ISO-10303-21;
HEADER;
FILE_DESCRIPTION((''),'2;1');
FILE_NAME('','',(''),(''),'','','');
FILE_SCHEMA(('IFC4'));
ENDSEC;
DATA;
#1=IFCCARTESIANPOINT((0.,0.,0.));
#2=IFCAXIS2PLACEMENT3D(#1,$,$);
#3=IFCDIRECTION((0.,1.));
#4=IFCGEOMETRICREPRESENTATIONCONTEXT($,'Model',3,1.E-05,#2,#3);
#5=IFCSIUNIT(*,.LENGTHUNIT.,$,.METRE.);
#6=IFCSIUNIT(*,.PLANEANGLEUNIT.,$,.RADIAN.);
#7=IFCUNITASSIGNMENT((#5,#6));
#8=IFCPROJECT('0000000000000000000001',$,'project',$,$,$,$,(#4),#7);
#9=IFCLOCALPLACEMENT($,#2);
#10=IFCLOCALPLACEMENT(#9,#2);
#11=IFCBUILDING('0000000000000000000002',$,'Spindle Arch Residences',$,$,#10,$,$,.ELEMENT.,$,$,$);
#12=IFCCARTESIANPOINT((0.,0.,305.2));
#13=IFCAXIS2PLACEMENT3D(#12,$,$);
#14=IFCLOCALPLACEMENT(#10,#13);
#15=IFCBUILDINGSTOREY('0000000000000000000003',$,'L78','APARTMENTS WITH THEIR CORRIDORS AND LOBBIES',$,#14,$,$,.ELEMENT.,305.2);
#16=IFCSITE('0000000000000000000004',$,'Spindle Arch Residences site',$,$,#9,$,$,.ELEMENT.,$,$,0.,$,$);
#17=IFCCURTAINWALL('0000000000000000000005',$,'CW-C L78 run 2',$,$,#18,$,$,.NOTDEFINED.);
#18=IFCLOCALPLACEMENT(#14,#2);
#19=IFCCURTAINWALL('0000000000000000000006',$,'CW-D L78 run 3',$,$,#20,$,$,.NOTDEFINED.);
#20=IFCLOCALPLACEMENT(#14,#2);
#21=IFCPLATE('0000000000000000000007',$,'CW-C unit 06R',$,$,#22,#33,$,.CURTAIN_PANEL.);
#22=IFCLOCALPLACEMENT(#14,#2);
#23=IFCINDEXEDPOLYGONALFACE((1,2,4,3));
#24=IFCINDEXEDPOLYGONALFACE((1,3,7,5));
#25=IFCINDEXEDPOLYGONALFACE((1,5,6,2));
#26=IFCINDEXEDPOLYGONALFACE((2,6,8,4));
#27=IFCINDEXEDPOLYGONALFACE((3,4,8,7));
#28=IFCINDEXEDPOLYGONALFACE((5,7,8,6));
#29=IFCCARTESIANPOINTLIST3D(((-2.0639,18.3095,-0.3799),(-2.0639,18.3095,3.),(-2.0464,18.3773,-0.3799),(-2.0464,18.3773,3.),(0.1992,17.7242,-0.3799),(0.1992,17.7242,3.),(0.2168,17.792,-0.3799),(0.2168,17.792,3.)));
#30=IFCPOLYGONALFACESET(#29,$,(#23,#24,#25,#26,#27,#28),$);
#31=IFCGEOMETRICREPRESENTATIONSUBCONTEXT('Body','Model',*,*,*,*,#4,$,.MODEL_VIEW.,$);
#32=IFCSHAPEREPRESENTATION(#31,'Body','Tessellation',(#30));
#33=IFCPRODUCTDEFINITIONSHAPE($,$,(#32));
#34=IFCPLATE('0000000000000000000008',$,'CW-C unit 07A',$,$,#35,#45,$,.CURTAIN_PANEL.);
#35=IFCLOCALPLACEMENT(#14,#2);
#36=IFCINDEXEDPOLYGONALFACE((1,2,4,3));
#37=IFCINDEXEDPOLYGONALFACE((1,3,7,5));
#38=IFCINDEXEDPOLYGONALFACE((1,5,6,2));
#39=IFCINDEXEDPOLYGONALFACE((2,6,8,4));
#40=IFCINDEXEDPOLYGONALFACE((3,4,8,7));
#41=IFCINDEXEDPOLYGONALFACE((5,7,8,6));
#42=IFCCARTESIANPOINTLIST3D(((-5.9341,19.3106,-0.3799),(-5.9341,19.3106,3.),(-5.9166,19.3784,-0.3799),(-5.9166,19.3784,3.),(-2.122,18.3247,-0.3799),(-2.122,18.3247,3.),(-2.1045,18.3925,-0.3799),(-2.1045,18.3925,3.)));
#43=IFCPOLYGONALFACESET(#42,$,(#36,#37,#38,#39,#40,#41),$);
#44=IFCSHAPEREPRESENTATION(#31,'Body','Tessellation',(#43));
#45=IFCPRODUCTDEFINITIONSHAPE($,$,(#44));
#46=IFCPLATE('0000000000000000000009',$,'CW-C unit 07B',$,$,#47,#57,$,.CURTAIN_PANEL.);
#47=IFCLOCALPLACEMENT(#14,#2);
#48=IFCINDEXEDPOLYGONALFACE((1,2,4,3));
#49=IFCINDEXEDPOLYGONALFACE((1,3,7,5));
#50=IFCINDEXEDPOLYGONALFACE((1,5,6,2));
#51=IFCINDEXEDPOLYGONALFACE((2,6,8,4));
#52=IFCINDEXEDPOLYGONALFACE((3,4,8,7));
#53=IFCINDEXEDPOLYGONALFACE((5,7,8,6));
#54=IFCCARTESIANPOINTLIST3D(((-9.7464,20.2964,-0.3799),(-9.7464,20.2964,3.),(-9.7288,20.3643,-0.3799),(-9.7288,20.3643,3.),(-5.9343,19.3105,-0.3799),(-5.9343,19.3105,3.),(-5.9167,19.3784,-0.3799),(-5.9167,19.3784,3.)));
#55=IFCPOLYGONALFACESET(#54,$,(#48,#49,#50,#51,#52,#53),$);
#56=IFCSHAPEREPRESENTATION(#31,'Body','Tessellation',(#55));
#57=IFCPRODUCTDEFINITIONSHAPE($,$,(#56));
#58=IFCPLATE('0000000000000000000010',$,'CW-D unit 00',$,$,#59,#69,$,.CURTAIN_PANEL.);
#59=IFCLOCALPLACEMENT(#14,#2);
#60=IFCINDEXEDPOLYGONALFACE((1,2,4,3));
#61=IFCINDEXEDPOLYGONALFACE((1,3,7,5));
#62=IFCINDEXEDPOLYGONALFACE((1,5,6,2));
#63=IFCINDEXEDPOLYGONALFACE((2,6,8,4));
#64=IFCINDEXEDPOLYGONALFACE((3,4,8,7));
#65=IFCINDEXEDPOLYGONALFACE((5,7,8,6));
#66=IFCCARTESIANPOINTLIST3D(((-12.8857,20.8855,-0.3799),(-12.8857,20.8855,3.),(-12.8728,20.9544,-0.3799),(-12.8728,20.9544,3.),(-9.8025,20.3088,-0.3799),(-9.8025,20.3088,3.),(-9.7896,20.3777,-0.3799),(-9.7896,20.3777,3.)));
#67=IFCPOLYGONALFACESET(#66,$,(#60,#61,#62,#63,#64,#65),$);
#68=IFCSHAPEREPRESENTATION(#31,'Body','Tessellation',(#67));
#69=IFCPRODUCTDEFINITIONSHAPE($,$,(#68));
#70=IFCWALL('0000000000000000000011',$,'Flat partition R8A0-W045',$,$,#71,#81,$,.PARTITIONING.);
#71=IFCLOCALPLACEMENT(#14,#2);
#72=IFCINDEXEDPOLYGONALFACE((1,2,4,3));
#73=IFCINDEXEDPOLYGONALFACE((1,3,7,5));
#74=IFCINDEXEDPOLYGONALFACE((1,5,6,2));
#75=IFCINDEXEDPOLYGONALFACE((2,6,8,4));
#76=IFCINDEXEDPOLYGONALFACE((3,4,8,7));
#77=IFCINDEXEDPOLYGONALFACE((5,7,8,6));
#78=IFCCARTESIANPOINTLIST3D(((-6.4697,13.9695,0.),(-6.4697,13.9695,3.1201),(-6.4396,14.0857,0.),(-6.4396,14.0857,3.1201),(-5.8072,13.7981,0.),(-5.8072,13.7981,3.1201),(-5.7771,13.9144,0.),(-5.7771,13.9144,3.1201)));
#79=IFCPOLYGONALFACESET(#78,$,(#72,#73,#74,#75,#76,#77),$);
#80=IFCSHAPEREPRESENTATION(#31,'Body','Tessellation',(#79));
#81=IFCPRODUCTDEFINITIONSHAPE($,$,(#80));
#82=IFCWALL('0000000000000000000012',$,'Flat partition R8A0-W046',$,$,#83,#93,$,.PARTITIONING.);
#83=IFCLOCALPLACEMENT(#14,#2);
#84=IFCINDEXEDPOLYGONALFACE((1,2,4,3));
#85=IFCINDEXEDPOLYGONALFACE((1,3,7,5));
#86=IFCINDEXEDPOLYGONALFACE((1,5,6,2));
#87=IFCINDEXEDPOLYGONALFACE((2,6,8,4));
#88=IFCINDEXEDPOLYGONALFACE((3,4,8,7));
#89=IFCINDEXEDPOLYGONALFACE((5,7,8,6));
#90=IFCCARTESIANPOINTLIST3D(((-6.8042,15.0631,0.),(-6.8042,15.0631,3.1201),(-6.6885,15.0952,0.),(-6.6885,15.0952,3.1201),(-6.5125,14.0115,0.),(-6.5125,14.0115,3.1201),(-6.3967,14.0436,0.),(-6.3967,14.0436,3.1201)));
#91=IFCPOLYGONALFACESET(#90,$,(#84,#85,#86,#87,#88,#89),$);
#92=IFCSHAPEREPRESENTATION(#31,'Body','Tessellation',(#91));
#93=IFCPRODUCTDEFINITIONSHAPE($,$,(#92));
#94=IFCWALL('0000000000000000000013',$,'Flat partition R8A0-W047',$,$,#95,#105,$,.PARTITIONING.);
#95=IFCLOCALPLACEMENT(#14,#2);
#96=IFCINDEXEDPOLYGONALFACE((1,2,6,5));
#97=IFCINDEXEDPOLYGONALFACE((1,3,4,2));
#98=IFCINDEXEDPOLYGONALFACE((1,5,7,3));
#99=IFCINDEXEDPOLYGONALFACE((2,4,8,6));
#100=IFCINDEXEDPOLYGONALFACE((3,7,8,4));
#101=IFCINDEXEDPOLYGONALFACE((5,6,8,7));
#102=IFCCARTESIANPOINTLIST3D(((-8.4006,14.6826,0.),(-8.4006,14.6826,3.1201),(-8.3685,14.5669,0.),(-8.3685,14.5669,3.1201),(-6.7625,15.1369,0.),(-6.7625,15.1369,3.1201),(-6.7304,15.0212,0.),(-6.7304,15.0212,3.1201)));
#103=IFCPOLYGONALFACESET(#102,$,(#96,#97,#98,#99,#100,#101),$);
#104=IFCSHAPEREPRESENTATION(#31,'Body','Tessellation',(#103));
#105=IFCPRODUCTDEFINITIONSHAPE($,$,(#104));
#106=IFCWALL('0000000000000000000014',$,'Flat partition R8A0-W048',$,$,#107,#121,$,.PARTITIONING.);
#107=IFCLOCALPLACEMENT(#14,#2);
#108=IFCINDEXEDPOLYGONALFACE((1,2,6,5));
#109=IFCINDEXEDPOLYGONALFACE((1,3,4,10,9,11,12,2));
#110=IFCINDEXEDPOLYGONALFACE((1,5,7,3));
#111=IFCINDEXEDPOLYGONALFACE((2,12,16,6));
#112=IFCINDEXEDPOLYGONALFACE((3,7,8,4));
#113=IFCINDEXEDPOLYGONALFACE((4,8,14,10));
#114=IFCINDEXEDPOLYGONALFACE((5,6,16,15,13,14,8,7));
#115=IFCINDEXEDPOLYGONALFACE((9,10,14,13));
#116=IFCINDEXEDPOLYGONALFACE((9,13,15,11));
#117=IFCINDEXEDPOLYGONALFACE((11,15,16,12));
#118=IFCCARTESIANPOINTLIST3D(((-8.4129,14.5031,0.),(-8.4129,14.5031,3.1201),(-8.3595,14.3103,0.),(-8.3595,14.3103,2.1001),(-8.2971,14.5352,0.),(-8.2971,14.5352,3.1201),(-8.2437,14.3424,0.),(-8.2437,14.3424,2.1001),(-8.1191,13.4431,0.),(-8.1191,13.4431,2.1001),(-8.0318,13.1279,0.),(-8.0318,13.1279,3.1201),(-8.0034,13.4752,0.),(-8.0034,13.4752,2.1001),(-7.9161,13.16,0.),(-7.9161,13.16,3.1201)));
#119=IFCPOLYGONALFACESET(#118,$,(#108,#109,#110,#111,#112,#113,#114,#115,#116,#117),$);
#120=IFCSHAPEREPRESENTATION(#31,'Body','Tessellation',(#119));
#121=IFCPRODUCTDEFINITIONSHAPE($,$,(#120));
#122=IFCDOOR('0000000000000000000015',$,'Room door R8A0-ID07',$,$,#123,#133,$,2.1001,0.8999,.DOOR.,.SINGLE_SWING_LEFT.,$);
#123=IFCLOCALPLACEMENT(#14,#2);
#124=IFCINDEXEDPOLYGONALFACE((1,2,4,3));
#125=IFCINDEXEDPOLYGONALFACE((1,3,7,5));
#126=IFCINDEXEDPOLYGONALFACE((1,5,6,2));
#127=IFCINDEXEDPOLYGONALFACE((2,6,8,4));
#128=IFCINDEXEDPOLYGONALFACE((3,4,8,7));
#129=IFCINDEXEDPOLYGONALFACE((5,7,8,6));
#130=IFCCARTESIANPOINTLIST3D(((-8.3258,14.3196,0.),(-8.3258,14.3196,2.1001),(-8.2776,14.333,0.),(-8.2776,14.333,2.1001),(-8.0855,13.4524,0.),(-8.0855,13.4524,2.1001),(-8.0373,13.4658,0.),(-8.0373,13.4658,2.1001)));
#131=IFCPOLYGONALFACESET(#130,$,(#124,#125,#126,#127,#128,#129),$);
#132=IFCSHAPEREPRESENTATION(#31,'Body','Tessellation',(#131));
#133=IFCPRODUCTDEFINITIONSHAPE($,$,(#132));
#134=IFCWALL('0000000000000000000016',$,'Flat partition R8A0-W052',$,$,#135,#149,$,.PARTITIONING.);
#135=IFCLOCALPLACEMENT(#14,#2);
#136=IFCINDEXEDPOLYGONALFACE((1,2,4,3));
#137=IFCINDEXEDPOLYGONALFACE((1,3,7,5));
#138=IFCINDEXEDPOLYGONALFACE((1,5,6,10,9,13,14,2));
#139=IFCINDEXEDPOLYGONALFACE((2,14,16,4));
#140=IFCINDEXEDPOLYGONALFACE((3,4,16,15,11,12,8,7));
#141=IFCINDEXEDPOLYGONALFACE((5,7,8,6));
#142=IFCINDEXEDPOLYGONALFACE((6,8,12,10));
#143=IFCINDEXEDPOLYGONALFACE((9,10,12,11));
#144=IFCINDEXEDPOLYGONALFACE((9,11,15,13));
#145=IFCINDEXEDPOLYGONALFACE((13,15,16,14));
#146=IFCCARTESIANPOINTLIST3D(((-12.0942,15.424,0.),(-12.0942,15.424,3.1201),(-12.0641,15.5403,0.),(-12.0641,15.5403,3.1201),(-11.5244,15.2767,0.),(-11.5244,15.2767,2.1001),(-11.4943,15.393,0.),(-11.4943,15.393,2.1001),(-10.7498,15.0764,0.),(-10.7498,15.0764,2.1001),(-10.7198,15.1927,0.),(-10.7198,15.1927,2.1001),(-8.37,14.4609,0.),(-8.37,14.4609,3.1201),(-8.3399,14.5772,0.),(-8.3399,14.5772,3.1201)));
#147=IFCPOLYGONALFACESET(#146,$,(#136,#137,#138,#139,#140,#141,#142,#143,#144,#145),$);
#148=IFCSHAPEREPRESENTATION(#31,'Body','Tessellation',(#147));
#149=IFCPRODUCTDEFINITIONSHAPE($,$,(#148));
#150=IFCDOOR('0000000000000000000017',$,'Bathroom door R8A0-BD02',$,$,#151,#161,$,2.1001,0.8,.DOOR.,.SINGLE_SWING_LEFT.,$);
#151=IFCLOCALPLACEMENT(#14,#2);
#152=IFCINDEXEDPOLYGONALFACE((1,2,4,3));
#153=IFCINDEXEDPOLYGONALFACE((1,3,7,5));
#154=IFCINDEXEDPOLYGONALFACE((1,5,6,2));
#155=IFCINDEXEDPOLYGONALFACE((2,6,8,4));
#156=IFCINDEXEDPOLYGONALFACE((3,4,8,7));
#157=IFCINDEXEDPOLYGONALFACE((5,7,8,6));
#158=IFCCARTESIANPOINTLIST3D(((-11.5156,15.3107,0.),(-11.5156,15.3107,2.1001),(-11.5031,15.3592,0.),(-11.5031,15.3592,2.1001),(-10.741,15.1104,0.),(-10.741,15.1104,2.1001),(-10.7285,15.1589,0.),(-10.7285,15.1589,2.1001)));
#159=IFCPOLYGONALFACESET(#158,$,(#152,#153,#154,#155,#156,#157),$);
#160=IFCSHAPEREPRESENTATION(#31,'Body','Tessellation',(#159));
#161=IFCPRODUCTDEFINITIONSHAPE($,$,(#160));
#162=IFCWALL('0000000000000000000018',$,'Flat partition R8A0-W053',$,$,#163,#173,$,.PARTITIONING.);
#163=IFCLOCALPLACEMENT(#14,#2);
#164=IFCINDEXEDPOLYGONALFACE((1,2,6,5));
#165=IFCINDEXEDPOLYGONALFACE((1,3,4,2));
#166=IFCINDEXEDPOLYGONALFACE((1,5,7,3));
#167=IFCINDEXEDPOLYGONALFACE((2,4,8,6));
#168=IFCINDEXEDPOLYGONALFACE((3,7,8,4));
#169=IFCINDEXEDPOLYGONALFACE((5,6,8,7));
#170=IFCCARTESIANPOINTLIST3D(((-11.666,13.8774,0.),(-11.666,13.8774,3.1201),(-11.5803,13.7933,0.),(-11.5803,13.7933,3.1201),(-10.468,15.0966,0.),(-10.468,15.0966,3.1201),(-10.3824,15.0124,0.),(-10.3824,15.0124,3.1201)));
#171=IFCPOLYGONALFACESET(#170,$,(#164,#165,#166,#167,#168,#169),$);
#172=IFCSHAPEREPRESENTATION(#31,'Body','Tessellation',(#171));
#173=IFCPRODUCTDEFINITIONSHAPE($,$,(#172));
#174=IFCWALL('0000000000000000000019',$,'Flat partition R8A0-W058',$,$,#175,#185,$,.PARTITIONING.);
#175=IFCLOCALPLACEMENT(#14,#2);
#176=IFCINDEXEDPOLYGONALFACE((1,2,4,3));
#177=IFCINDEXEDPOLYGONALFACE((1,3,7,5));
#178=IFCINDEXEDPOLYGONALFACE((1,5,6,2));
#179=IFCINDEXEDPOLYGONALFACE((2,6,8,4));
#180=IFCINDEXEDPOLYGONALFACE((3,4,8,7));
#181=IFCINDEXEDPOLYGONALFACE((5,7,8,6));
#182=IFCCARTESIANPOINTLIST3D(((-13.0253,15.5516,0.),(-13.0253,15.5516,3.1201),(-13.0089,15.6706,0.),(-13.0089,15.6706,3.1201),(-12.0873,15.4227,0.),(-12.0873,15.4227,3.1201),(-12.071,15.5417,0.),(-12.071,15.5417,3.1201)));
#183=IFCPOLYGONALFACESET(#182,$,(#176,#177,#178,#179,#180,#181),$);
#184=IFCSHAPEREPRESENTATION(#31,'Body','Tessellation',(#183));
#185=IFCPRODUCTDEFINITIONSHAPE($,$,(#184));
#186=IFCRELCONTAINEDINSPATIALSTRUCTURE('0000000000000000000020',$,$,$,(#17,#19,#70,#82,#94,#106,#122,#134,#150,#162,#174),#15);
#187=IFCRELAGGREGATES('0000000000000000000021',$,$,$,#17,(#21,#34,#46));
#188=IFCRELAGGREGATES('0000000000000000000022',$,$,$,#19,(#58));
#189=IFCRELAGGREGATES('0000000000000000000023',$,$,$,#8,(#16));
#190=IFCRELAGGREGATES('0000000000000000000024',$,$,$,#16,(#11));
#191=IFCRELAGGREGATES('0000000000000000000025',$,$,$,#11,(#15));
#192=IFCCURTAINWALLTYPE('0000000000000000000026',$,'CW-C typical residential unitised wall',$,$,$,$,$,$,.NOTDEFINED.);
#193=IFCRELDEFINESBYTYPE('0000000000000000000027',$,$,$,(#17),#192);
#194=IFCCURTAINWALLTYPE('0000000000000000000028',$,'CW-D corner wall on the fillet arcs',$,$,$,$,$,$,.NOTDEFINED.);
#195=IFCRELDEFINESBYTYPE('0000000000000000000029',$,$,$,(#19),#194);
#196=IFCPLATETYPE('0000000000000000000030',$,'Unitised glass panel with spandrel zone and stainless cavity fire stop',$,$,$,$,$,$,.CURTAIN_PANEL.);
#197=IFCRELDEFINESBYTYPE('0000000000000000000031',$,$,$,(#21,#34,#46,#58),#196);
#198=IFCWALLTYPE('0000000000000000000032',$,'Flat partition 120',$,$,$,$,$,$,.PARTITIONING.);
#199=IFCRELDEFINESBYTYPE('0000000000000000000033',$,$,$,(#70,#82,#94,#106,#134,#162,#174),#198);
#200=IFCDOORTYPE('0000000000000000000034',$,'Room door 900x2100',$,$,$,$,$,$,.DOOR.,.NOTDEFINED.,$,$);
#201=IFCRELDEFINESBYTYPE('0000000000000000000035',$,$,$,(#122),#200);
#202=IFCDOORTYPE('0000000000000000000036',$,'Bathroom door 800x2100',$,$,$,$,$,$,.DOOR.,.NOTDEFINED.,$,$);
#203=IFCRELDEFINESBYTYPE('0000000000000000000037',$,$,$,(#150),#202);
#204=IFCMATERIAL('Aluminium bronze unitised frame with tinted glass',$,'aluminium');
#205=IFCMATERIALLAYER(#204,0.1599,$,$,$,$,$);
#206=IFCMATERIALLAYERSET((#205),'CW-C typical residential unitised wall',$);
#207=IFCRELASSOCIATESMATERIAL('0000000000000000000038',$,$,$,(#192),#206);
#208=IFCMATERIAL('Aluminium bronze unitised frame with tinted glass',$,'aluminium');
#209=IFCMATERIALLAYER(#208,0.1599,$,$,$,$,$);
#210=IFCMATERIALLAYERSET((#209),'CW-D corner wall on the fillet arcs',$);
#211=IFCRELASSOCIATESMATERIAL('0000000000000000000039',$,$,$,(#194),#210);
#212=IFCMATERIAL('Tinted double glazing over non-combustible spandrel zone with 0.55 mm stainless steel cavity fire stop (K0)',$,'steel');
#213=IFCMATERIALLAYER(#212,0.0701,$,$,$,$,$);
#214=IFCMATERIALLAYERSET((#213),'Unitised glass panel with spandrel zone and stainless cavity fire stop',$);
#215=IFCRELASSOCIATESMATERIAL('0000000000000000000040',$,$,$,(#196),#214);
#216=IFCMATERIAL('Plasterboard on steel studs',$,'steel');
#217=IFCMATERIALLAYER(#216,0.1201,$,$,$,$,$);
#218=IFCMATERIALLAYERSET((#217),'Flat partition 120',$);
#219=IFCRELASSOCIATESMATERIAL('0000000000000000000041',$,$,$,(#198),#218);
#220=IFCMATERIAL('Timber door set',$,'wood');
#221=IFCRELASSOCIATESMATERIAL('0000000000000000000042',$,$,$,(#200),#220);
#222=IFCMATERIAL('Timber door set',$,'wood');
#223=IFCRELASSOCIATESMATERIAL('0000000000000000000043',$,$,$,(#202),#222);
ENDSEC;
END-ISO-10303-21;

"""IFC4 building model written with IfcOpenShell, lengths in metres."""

from ifc_helpers import new_model, si_unit, direction, frame, frame_2d, origin, origin_2d, place, context, subcontext, project, spatial, rectangle, extrude, material, layer, layer_set, type_object, element, fill, aggregate, save


model = new_model("IFC4")

# Units and contexts
model_context = context("Model", 3, precision=1e-05, world=origin(), true_north=direction((0.0, 1.0)))
body_context = subcontext(model_context, "Body", "Model", "MODEL_VIEW")
ifc_project = project(units=[si_unit("LENGTHUNIT", "METRE"), si_unit("PLANEANGLEUNIT", "RADIAN")], contexts=[model_context])

# Site, building, storey
site_placement = place(None, origin())
site = spatial("IfcSite", under=ifc_project, at=site_placement, Name="Spindle Arch Residences site", CompositionType="ELEMENT", RefElevation=0.0)
building_placement = place(site_placement, origin())
building = spatial("IfcBuilding", under=site, at=building_placement, Name="Spindle Arch Residences", CompositionType="ELEMENT")
storey_placement = place(building_placement, frame((0.0, 0.0, 305.2)))
storey = spatial("IfcBuildingStorey", under=building, at=storey_placement, Name="L78", Description="APARTMENTS WITH THEIR CORRIDORS AND LOBBIES", CompositionType="ELEMENT", Elevation=305.2)

# Curtain wall
ifc_material_1 = material(Name="Aluminium bronze unitised frame with tinted glass", Category="aluminium")
ifc_layer_1 = layer(ifc_material_1, 0.1599)
ifc_layer_set_1 = layer_set([ifc_layer_1], Name="CW-C typical residential unitised wall")
curtain_wall_type_1 = type_object("IfcCurtainWallType", Name="CW-C typical residential unitised wall", PredefinedType="NOTDEFINED", material=ifc_layer_set_1)
curtain_wall_1_placement = place(storey_placement, origin())
curtain_wall_1 = element("IfcCurtainWall", 1, at=curtain_wall_1_placement, inside=storey, type_object=curtain_wall_type_1, Name="CW-C L78 run 2", PredefinedType="NOTDEFINED")

# Curtain wall
ifc_material_2 = material(Name="Aluminium bronze unitised frame with tinted glass", Category="aluminium")
ifc_layer_2 = layer(ifc_material_2, 0.1599)
ifc_layer_set_2 = layer_set([ifc_layer_2], Name="CW-D corner wall on the fillet arcs")
curtain_wall_type_2 = type_object("IfcCurtainWallType", Name="CW-D corner wall on the fillet arcs", PredefinedType="NOTDEFINED", material=ifc_layer_set_2)
curtain_wall_2_placement = place(storey_placement, origin())
curtain_wall_2 = element("IfcCurtainWall", 2, at=curtain_wall_2_placement, inside=storey, type_object=curtain_wall_type_2, Name="CW-D L78 run 3", PredefinedType="NOTDEFINED")

# Plates
ifc_material_3 = material(Name="Tinted double glazing over non-combustible spandrel zone with 0.55 mm stainless steel cavity fire stop (K0)", Category="steel")
ifc_layer_3 = layer(ifc_material_3, 0.0701)
ifc_layer_set_3 = layer_set([ifc_layer_3], Name="Unitised glass panel with spandrel zone and stainless cavity fire stop")
plate_type = type_object("IfcPlateType", Name="Unitised glass panel with spandrel zone and stainless cavity fire stop", PredefinedType="CURTAIN_PANEL", material=ifc_layer_set_3)
plate_1_placement = place(storey_placement, frame((-0.9236, 18.0508, -0.3799), z_axis=(0.0, 0.0, 1.0), x_axis=(-0.968148, 0.25038, 0.0)))
plate_1 = element("IfcPlate", 3, at=plate_1_placement, type_object=plate_type, Name="CW-C unit 06R", PredefinedType="CURTAIN_PANEL", context=body_context, shape_type="SweptSolid", body=[
    extrude(rectangle(XDim=2.3376, YDim=0.0701, at=origin_2d()), origin(), (0.0, 0.0, 1.0), 3.3799),
])
plate_2_placement = place(storey_placement, frame((-4.0193, 18.8516, -0.3799), z_axis=(0.0, 0.0, 1.0), x_axis=(-0.968148, 0.25038, 0.0)))
plate_2 = element("IfcPlate", 4, at=plate_2_placement, type_object=plate_type, Name="CW-C unit 07A", PredefinedType="CURTAIN_PANEL", context=body_context, shape_type="SweptSolid", body=[
    extrude(rectangle(XDim=3.9375, YDim=0.0701, at=origin_2d()), origin(), (0.0, 0.0, 1.0), 3.3799),
])
plate_3_placement = place(storey_placement, frame((-7.8315, 19.8374, -0.3799), z_axis=(0.0, 0.0, 1.0), x_axis=(-0.968148, 0.25038, 0.0)))
plate_3 = element("IfcPlate", 5, at=plate_3_placement, type_object=plate_type, Name="CW-C unit 07B", PredefinedType="CURTAIN_PANEL", context=body_context, shape_type="SweptSolid", body=[
    extrude(rectangle(XDim=3.9375, YDim=0.0701, at=origin_2d()), origin(), (0.0, 0.0, 1.0), 3.3799),
])
aggregate(curtain_wall_1, [plate_1, plate_2, plate_3])
plate_4_placement = place(storey_placement, frame((-11.3376, 20.6316, -0.3799), z_axis=(0.0, 0.0, 1.0), x_axis=(-0.982957, 0.183837, 0.0)))
plate_4 = element("IfcPlate", 6, at=plate_4_placement, type_object=plate_type, Name="CW-D unit 00", PredefinedType="CURTAIN_PANEL", context=body_context, shape_type="SweptSolid", body=[
    extrude(rectangle(XDim=3.1367, YDim=0.0701, at=origin_2d()), origin(), (0.0, 0.0, 1.0), 3.3799),
])
aggregate(curtain_wall_2, [plate_4])

# Walls
ifc_material_4 = material(Name="Plasterboard on steel studs", Category="steel")
ifc_layer_4 = layer(ifc_material_4, 0.1201)
ifc_layer_set_4 = layer_set([ifc_layer_4], Name="Flat partition 120")
wall_type_1 = type_object("IfcWallType", Name="Flat partition 120", PredefinedType="PARTITIONING", material=ifc_layer_set_4)
wall_1_placement = place(storey_placement, frame((-5.792, 13.8562, 0.0), z_axis=(0.0, 0.0, 1.0), x_axis=(-0.968138, 0.250417, 0.0)))
element("IfcWall", 7, at=wall_1_placement, inside=storey, type_object=wall_type_1, Name="Flat partition R8A0-W045", PredefinedType="PARTITIONING", context=body_context, shape_type="SweptSolid", body=[
    extrude(rectangle(XDim=0.6843, YDim=0.1201, at=frame_2d((0.3423, 0.0))), origin(), (0.0, 0.0, 1.0), 3.1201),
])
wall_2_placement = place(storey_placement, frame((-6.4546, 14.0276, 0.0), z_axis=(0.0, 0.0, 1.0), x_axis=(-0.267355, 0.963598, 0.0)))
element("IfcWall", 8, at=wall_2_placement, inside=storey, type_object=wall_type_1, Name="Flat partition R8A0-W046", PredefinedType="PARTITIONING", context=body_context, shape_type="SweptSolid", body=[
    extrude(rectangle(XDim=1.0913, YDim=0.1201, at=frame_2d((0.5457, 0.0))), origin(), (0.0, 0.0, 1.0), 3.1201),
])
wall_3_placement = place(storey_placement, frame((-6.7463, 15.0791, 0.0), z_axis=(0.0, 0.0, 1.0), x_axis=(-0.963625, -0.267259, 0.0)))
element("IfcWall", 9, at=wall_3_placement, inside=storey, type_object=wall_type_1, Name="Flat partition R8A0-W047", PredefinedType="PARTITIONING", context=body_context, shape_type="SweptSolid", body=[
    extrude(rectangle(XDim=1.7, YDim=0.1201, at=frame_2d((0.8501, 0.0))), origin(), (0.0, 0.0, 1.0), 3.1201),
])

# Walls, openings, doors
wall_4_placement = place(storey_placement, frame((-8.355, 14.519, 0.0), z_axis=(0.0, 0.0, 1.0), x_axis=(0.267053, -0.963682, 0.0)))
wall_4 = element("IfcWall", 10, at=wall_4_placement, inside=storey, type_object=wall_type_1, Name="Flat partition R8A0-W048", PredefinedType="PARTITIONING", context=body_context, shape_type="SweptSolid", body=[
    extrude(rectangle(XDim=1.427, YDim=0.1201, at=frame_2d((0.7134, 0.0))), origin(), (0.0, 0.0, 1.0), 3.1201),
])
opening_1_placement = place(wall_4_placement, frame((0.2, 0.0, 0.0)))
opening_1 = element("IfcOpeningElement", 11, at=opening_1_placement, cuts=wall_4, PredefinedType="OPENING", context=body_context, shape_type="SweptSolid", body=[
    extrude(rectangle(XDim=0.8999, YDim=2.1001, at=frame_2d((0.45, 1.05))), frame((0.0, 0.0701, 0.0), z_axis=(0.0, -1.0, 0.0), x_axis=(1.0, 0.0, 0.0)), (0.0, 0.0, 1.0), 0.1401),
])
ifc_material_5 = material(Name="Timber door set", Category="wood")
door_type_1 = type_object("IfcDoorType", Name="Room door 900x2100", OperationType="NOTDEFINED", PredefinedType="DOOR", material=ifc_material_5)
door_1_placement = place(opening_1_placement, origin())
door_1 = element("IfcDoor", 12, at=door_1_placement, inside=storey, type_object=door_type_1, Name="Room door R8A0-ID07", OperationType="SINGLE_SWING_LEFT", OverallHeight=2.1001, OverallWidth=0.8999, PredefinedType="DOOR", context=body_context, shape_type="SweptSolid", body=[
    extrude(rectangle(XDim=0.8999, YDim=2.1001, at=frame_2d((0.45, 1.05))), frame((0.0, 0.0249, 0.0), z_axis=(0.0, -1.0, 0.0), x_axis=(1.0, 0.0, 0.0)), (0.0, 0.0, 1.0), 0.05),
])
fill(opening_1, door_1)
wall_5_placement = place(storey_placement, frame((-8.355, 14.519, 0.0), z_axis=(0.0, 0.0, 1.0), x_axis=(-0.968147, 0.250383, 0.0)))
wall_5 = element("IfcWall", 13, at=wall_5_placement, inside=storey, type_object=wall_type_1, Name="Flat partition R8A0-W052", PredefinedType="PARTITIONING", context=body_context, shape_type="SweptSolid", body=[
    extrude(rectangle(XDim=3.8467, YDim=0.1201, at=frame_2d((1.9233, 0.0))), origin(), (0.0, 0.0, 1.0), 3.1201),
])
opening_2_placement = place(wall_5_placement, frame((2.4583, 0.0, 0.0)))
opening_2 = element("IfcOpeningElement", 14, at=opening_2_placement, cuts=wall_5, PredefinedType="OPENING", context=body_context, shape_type="SweptSolid", body=[
    extrude(rectangle(XDim=0.8, YDim=2.1001, at=frame_2d((0.3999, 1.05))), frame((0.0, 0.0701, 0.0), z_axis=(0.0, -1.0, 0.0), x_axis=(1.0, 0.0, 0.0)), (0.0, 0.0, 1.0), 0.1401),
])
ifc_material_6 = material(Name="Timber door set", Category="wood")
door_type_2 = type_object("IfcDoorType", Name="Bathroom door 800x2100", OperationType="NOTDEFINED", PredefinedType="DOOR", material=ifc_material_6)
door_2_placement = place(opening_2_placement, origin())
door_2 = element("IfcDoor", 15, at=door_2_placement, inside=storey, type_object=door_type_2, Name="Bathroom door R8A0-BD02", OperationType="SINGLE_SWING_LEFT", OverallHeight=2.1001, OverallWidth=0.8, PredefinedType="DOOR", context=body_context, shape_type="SweptSolid", body=[
    extrude(rectangle(XDim=0.8, YDim=2.1001, at=frame_2d((0.3999, 1.05))), frame((0.0, 0.0249, 0.0), z_axis=(0.0, -1.0, 0.0), x_axis=(1.0, 0.0, 0.0)), (0.0, 0.0, 1.0), 0.05),
])
fill(opening_2, door_2)

# Walls
wall_6_placement = place(storey_placement, frame((-10.4253, 15.0544, 0.0), z_axis=(0.0, 0.0, 1.0), x_axis=(-0.700866, -0.713293, 0.0)))
element("IfcWall", 16, at=wall_6_placement, inside=storey, type_object=wall_type_1, Name="Flat partition R8A0-W053", PredefinedType="PARTITIONING", context=body_context, shape_type="SweptSolid", body=[
    extrude(rectangle(XDim=1.7092, YDim=0.1201, at=frame_2d((0.8545, 0.0))), origin(), (0.0, 0.0, 1.0), 3.1201),
])
wall_7_placement = place(storey_placement, frame((-13.0171, 15.6111, 0.0), z_axis=(0.0, 0.0, 1.0), x_axis=(0.990688, -0.136149, 0.0)))
element("IfcWall", 17, at=wall_7_placement, inside=storey, type_object=wall_type_1, Name="Flat partition R8A0-W058", PredefinedType="PARTITIONING", context=body_context, shape_type="SweptSolid", body=[
    extrude(rectangle(XDim=0.9468, YDim=0.1201, at=frame_2d((0.4734, 0.0))), origin(), (0.0, 0.0, 1.0), 3.1201),
])

save(model, "model.ifc")
